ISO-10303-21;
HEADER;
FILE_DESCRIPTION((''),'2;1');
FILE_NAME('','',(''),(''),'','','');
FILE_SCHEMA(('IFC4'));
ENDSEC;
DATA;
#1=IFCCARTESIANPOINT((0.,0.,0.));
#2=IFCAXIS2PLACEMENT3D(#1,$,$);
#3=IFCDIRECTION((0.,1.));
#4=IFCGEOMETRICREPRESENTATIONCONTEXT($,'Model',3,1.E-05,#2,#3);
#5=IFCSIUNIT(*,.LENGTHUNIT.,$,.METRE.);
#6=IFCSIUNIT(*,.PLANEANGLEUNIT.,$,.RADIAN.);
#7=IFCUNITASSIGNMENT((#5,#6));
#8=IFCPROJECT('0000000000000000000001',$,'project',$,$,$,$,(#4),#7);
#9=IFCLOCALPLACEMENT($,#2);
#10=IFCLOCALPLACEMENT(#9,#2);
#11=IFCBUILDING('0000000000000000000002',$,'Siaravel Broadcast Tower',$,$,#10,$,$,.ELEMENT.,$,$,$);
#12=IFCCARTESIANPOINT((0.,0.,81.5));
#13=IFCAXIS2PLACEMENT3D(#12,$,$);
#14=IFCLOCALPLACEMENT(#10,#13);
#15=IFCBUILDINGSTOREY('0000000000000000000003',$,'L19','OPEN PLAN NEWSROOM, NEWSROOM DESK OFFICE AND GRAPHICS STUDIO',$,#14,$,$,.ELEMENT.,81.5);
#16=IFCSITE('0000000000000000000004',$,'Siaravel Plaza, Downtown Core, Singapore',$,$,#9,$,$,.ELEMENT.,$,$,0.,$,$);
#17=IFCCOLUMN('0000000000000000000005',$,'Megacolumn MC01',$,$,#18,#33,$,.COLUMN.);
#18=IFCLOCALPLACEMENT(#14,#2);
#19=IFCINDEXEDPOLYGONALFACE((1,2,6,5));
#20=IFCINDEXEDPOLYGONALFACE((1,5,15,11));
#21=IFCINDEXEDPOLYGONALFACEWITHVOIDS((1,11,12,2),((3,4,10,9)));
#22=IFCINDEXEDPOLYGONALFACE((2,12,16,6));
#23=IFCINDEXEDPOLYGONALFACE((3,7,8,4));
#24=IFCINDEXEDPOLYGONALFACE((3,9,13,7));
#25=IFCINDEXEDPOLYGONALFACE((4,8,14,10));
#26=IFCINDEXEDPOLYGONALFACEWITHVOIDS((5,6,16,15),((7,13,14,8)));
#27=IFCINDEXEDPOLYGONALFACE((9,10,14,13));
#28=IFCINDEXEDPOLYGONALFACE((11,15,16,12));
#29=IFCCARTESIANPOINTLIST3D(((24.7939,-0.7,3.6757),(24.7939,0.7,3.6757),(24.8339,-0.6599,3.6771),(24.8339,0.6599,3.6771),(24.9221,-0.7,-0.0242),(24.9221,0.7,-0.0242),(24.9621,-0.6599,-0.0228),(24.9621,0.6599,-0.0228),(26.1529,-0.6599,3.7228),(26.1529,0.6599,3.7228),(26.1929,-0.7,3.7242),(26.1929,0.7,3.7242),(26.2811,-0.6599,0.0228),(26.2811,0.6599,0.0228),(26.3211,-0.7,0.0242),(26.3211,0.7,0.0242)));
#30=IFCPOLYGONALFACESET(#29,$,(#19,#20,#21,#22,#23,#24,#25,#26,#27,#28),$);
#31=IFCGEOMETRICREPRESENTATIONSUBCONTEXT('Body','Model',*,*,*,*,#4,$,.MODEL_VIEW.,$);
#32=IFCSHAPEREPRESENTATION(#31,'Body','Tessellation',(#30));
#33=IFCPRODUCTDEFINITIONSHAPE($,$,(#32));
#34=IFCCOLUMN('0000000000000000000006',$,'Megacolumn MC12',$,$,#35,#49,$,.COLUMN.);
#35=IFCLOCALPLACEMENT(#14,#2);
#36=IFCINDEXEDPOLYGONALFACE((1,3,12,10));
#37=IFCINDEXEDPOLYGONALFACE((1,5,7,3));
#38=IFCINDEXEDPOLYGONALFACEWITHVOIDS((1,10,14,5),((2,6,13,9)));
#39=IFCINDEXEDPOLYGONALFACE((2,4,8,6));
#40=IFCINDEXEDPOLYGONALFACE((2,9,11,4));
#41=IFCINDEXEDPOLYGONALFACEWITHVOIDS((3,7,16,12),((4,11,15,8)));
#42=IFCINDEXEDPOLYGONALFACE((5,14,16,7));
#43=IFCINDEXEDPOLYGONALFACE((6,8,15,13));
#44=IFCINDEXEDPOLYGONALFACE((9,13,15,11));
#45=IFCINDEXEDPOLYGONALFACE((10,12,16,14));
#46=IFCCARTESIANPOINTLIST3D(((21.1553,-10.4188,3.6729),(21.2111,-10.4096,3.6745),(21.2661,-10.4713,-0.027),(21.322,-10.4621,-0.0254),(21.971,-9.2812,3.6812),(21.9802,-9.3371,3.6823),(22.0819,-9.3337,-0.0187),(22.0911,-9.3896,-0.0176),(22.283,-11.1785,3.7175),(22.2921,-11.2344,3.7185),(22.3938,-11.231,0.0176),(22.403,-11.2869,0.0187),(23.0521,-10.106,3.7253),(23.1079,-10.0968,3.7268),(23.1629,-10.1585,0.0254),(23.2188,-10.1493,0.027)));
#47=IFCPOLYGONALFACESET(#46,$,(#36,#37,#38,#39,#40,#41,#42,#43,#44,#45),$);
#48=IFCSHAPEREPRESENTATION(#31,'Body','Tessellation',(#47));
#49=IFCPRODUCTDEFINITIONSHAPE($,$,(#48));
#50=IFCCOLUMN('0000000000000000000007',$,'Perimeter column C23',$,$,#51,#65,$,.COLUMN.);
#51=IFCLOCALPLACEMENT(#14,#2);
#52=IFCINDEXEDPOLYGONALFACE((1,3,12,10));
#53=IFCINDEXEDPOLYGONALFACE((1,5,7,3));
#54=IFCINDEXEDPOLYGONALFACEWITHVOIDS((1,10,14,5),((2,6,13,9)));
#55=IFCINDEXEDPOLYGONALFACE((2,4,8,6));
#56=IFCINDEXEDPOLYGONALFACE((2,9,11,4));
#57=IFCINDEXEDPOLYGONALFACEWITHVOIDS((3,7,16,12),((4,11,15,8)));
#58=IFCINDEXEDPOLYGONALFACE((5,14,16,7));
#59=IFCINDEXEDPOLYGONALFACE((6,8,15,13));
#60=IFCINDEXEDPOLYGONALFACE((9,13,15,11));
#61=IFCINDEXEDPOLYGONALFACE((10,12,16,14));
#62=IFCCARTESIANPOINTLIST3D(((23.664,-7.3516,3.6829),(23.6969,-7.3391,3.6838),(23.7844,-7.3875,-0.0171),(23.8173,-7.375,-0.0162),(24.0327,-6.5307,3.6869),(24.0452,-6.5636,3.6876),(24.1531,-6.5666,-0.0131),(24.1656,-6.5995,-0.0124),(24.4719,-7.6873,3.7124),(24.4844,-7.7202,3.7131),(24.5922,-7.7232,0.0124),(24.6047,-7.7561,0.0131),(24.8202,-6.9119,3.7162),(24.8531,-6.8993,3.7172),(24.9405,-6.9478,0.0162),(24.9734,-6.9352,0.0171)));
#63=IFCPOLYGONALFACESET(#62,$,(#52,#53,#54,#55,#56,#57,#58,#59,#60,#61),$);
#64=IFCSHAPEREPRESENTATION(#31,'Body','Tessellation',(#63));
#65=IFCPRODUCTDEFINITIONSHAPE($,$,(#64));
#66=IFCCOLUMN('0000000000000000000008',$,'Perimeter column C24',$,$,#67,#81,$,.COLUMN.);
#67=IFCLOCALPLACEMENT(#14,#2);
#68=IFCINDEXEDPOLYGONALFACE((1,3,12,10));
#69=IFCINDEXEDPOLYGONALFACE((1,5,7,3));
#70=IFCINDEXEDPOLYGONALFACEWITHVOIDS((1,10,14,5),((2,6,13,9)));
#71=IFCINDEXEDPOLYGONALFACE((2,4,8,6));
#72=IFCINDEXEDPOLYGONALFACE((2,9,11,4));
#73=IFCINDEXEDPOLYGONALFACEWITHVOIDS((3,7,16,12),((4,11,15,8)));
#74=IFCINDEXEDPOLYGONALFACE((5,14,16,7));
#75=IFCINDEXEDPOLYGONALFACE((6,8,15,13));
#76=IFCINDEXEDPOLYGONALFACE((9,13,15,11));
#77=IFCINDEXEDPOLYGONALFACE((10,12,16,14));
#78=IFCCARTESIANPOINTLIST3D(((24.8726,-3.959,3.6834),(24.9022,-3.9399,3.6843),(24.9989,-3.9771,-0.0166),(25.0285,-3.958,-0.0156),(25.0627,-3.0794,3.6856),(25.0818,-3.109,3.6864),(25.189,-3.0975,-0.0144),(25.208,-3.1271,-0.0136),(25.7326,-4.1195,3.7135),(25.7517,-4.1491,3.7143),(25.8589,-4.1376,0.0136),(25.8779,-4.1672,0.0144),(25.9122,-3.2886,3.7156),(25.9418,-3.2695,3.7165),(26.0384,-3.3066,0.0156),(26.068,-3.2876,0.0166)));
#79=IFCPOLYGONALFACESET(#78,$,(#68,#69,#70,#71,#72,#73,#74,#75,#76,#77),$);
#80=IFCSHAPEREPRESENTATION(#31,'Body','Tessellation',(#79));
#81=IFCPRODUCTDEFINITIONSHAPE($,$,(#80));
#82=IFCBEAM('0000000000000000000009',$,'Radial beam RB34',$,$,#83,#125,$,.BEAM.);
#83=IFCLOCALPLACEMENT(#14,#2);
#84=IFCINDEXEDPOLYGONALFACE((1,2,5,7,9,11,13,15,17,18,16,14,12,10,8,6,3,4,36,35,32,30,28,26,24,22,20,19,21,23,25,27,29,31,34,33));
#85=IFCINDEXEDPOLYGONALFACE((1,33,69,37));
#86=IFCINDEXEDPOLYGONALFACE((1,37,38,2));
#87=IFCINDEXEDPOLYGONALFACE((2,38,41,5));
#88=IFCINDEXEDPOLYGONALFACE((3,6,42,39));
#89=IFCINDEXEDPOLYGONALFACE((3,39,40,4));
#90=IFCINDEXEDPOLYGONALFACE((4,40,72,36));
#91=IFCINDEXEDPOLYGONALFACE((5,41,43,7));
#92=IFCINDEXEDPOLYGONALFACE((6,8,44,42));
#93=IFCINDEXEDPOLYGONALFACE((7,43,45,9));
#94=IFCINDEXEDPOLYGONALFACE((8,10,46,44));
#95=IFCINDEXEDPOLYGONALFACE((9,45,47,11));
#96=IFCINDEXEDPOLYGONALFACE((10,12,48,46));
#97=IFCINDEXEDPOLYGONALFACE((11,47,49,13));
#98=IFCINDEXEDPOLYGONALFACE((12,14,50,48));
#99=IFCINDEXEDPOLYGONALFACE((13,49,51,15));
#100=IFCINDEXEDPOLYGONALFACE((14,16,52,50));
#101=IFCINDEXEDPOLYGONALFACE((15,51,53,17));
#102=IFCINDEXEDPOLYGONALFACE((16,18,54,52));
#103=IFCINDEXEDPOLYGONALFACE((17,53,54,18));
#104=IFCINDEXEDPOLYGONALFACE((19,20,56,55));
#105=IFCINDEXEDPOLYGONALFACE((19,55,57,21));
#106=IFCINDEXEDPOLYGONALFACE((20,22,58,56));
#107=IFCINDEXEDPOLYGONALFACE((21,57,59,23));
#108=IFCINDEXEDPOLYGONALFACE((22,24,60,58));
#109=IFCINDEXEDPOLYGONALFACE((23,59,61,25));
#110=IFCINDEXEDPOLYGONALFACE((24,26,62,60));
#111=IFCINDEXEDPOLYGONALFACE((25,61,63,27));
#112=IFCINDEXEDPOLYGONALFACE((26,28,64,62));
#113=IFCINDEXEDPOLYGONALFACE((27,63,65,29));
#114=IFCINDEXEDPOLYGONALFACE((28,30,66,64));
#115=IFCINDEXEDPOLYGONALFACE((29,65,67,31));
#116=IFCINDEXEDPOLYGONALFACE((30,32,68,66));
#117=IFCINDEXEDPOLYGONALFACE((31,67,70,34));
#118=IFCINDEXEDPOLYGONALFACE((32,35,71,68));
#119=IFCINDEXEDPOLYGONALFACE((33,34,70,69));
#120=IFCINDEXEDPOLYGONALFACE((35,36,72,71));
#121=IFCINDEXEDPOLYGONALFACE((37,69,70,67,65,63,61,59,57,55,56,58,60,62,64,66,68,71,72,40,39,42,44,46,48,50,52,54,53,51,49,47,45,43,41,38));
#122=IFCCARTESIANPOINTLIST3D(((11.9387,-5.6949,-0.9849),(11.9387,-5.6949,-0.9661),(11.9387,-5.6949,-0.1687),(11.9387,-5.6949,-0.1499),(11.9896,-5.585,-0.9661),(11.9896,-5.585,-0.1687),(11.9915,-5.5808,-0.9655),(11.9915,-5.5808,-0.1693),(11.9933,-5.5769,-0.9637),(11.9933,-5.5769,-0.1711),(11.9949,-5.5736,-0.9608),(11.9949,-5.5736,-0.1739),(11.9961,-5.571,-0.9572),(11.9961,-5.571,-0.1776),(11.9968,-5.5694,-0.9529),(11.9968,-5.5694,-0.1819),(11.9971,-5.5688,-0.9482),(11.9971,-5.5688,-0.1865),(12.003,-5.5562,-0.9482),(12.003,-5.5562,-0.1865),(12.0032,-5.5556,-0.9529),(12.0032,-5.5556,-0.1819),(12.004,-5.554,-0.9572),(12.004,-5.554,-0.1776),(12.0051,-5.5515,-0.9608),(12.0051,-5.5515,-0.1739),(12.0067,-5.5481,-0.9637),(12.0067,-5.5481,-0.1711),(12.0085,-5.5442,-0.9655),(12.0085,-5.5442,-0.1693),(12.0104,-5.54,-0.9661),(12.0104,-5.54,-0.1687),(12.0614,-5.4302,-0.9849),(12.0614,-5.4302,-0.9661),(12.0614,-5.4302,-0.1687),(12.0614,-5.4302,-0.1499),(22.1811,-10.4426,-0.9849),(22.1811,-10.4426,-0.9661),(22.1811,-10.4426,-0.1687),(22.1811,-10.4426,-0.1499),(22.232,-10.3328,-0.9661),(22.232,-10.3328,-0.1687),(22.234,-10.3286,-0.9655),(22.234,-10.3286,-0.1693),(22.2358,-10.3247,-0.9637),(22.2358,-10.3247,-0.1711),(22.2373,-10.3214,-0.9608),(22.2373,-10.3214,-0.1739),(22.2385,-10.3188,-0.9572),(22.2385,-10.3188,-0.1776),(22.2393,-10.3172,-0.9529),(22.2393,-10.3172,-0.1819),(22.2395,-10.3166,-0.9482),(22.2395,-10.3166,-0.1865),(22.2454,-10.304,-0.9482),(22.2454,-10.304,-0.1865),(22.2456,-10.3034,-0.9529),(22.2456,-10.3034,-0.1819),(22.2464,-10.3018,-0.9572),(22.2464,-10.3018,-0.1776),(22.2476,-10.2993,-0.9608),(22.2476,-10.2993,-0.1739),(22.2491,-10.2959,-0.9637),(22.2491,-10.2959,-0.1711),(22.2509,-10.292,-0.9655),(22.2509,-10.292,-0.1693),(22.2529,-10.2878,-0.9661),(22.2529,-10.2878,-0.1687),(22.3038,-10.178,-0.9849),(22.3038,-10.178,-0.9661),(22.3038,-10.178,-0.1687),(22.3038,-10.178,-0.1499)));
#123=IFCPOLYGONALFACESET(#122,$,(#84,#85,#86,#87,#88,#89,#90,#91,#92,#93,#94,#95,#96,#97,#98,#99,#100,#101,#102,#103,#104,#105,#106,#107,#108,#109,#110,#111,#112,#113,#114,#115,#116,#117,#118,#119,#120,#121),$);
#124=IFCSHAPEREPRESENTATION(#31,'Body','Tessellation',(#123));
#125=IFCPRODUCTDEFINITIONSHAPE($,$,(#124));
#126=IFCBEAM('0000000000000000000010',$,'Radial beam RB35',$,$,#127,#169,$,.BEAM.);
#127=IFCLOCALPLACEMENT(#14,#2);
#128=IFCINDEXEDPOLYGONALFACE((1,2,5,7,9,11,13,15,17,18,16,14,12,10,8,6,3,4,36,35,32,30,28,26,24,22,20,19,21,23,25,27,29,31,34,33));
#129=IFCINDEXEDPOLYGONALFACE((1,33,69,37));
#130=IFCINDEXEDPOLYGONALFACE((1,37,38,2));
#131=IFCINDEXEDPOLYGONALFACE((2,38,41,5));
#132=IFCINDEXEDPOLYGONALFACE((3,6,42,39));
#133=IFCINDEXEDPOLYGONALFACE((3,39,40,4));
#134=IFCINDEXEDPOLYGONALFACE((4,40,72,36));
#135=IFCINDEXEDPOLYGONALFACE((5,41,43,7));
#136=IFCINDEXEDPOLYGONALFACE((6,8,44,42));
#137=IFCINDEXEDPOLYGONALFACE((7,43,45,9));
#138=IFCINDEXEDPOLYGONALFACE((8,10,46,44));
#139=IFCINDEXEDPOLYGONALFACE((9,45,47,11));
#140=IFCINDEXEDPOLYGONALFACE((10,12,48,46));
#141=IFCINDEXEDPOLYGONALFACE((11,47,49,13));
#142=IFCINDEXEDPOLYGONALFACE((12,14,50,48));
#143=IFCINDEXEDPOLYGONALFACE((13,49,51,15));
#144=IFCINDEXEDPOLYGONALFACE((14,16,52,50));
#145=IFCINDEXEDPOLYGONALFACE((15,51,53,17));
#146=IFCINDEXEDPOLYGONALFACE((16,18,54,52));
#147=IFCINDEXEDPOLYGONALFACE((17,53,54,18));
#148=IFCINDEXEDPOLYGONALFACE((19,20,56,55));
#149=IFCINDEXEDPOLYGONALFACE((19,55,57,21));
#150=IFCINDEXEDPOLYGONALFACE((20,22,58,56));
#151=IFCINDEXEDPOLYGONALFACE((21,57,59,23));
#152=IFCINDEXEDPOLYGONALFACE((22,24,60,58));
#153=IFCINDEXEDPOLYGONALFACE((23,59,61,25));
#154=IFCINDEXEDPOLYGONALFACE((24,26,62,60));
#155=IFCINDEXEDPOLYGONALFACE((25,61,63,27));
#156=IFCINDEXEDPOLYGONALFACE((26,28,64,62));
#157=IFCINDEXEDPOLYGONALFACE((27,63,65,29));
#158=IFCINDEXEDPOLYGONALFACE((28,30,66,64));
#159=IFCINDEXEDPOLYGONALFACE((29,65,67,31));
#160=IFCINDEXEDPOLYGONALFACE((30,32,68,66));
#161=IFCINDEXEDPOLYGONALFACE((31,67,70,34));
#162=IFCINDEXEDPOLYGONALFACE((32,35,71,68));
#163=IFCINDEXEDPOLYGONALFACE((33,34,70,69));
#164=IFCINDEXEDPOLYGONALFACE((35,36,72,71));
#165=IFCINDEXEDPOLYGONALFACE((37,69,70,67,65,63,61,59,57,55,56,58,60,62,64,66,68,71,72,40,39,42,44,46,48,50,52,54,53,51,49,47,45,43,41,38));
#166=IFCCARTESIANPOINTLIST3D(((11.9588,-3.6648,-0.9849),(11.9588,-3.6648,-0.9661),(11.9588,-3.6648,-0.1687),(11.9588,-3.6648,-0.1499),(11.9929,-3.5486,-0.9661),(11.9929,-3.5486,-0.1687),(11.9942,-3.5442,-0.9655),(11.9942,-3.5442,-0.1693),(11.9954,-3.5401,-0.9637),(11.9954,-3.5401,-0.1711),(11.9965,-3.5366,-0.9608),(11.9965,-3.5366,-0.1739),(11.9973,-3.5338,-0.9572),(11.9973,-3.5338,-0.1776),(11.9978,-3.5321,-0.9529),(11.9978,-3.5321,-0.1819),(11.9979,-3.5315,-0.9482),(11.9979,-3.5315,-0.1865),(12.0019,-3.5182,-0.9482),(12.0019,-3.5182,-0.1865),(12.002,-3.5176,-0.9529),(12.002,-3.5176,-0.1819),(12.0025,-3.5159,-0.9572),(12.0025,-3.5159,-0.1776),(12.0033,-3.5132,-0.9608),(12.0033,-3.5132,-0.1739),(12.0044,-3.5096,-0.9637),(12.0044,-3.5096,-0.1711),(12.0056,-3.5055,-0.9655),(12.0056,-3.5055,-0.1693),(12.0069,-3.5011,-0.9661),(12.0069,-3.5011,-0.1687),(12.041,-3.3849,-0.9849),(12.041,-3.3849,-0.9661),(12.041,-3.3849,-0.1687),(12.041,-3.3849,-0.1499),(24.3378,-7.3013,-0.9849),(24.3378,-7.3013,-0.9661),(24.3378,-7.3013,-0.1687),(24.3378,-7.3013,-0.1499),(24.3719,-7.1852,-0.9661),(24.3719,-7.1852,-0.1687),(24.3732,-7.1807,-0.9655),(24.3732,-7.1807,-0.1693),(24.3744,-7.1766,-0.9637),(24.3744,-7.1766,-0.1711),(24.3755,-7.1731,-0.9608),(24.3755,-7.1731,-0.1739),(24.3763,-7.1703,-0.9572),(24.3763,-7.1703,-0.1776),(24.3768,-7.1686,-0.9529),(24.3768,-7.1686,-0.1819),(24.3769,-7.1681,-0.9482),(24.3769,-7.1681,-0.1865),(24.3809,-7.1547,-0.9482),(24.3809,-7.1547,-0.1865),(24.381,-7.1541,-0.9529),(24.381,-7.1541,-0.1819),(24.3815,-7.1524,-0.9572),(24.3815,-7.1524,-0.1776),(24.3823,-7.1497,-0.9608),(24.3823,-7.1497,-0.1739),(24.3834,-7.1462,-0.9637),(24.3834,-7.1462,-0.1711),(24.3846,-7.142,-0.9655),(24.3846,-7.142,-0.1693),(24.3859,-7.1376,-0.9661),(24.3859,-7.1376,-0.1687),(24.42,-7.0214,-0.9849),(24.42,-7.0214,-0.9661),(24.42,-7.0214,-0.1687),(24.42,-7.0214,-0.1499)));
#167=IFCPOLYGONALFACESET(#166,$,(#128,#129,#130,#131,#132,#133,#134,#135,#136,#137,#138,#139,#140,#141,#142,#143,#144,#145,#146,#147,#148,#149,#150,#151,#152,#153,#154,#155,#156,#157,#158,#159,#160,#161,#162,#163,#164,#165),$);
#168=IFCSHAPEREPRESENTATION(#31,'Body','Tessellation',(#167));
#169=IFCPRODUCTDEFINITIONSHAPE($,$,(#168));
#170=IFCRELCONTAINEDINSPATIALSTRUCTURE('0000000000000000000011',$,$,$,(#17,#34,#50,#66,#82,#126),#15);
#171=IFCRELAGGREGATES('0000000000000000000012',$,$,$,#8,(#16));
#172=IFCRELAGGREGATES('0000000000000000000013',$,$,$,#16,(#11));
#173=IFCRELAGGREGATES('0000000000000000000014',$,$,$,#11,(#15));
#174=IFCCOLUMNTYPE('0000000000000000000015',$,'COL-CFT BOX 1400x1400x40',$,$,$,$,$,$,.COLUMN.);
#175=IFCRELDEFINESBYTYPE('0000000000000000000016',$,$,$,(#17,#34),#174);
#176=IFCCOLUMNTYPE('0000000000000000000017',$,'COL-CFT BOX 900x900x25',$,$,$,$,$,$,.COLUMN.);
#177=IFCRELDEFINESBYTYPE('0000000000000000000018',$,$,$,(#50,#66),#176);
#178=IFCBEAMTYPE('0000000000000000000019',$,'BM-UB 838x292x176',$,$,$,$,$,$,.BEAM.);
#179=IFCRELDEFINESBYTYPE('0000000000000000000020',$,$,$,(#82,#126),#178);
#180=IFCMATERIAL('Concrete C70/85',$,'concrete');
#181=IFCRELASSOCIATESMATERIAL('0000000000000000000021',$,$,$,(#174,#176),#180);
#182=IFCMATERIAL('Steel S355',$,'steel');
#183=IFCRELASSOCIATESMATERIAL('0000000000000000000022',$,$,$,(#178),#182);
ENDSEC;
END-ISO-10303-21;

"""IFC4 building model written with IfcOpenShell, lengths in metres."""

from ifc_helpers import new_model, si_unit, direction, frame, origin, origin_2d, place, context, subcontext, project, spatial, hollow_rectangle, i_section, extrude, material, material_profile, profile_set, type_object, element, save


model = new_model("IFC4")

# Units and contexts
model_context = context("Model", 3, precision=1e-05, world=origin(), true_north=direction((0.0, 1.0)))
body_context = subcontext(model_context, "Body", "Model", "MODEL_VIEW")
ifc_project = project(units=[si_unit("LENGTHUNIT", "METRE"), si_unit("PLANEANGLEUNIT", "RADIAN")], contexts=[model_context])

# Site, building, storey
site_placement = place(None, origin())
site = spatial("IfcSite", under=ifc_project, at=site_placement, Name="Siaravel Plaza, Downtown Core, Singapore", CompositionType="ELEMENT", RefElevation=0.0)
building_placement = place(site_placement, origin())
building = spatial("IfcBuilding", under=site, at=building_placement, Name="Siaravel Broadcast Tower", CompositionType="ELEMENT")
storey_placement = place(building_placement, frame((0.0, 0.0, 81.5)))
storey = spatial("IfcBuildingStorey", under=building, at=storey_placement, Name="L19", Description="OPEN PLAN NEWSROOM, NEWSROOM DESK OFFICE AND GRAPHICS STUDIO", CompositionType="ELEMENT", Elevation=81.5)

# Columns
ifc_material_1 = material(Name="Concrete C70/85", Category="concrete")
ifc_material_profile_1 = material_profile(ifc_material_1, hollow_rectangle(XDim=1.3999, YDim=1.3999, WallThickness=0.04, at=origin_2d()))
ifc_profile_set_1 = profile_set([ifc_material_profile_1], Name="Concrete C70/85")
column_type_1 = type_object("IfcColumnType", Name="COL-CFT BOX 1400x1400x40", PredefinedType="COLUMN", material=ifc_profile_set_1)
column_1_placement = place(storey_placement, frame((25.6216, 0.0, 0.0), z_axis=(-0.034621, 0.0, 0.999401), x_axis=(0.0, -1.0, 0.0)))
element("IfcColumn", 1, at=column_1_placement, inside=storey, type_object=column_type_1, Name="Megacolumn MC01", PredefinedType="COLUMN", context=body_context, shape_type="SweptSolid", body=[
    extrude(hollow_rectangle(XDim=1.3999, YDim=1.3999, WallThickness=0.04, at=origin_2d()), origin(), (0.0, 0.0, 1.0), 3.7021),
])
column_2_placement = place(storey_placement, frame((22.2424, -10.3103, 0.0), z_axis=(-0.029941, 0.014179, 0.999451), x_axis=(-0.58274, -0.812637, -0.005929)))
element("IfcColumn", 2, at=column_2_placement, inside=storey, type_object=column_type_1, Name="Megacolumn MC12", PredefinedType="COLUMN", context=body_context, shape_type="SweptSolid", body=[
    extrude(hollow_rectangle(XDim=1.3999, YDim=1.3999, WallThickness=0.04, at=origin_2d()), origin(), (0.0, 0.0, 1.0), 3.7019),
])
ifc_material_profile_2 = material_profile(ifc_material_1, hollow_rectangle(XDim=0.8999, YDim=0.8999, WallThickness=0.0249, at=origin_2d()))
ifc_profile_set_2 = profile_set([ifc_material_profile_2], Name="Concrete C70/85")
column_type_2 = type_object("IfcColumnType", Name="COL-CFT BOX 900x900x25", PredefinedType="COLUMN", material=ifc_profile_set_2)
for number, where, z_axis, x_axis, name in (
    (3, (24.3789, -7.1614, 0.0), (-0.032512, 0.009694, 0.999424), (-0.409711, -0.912205, -0.00448), "Perimeter column C23"),
    (4, (25.5334, -3.6323, 0.0), (-0.034094, 0.00488, 0.999407), (-0.211243, -0.977431, -0.002434), "Perimeter column C24"),
):
    element("IfcColumn", number, at=place(storey_placement, frame(where, z_axis=z_axis, x_axis=x_axis)), inside=storey, type_object=column_type_2, Name=name, PredefinedType="COLUMN", context=body_context, shape_type="SweptSolid", body=[
        extrude(hollow_rectangle(XDim=0.8999, YDim=0.8999, WallThickness=0.0249, at=origin_2d()), origin(), (0.0, 0.0, 1.0), 3.7021),
    ])

# Beams
ifc_material_2 = material(Name="Steel S355", Category="steel")
ifc_material_profile_3 = material_profile(ifc_material_2, i_section(OverallWidth=0.2917, OverallDepth=0.835, WebThickness=0.0139, FlangeThickness=0.0188, FilletRadius=0.0178, at=origin_2d()))
ifc_profile_set_3 = profile_set([ifc_material_profile_3], Name="Steel S355")
beam_type = type_object("IfcBeamType", Name="BM-UB 838x292x176", PredefinedType="BEAM", material=ifc_profile_set_3)
beam_1_placement = place(storey_placement, frame((22.2424, -10.3103, -0.5674), z_axis=(-0.907266, 0.420557, 0.0), x_axis=(-0.420557, -0.907266, 0.0)))
element("IfcBeam", 5, at=beam_1_placement, inside=storey, type_object=beam_type, Name="Radial beam RB34", PredefinedType="BEAM", context=body_context, shape_type="SweptSolid", body=[
    extrude(i_section(OverallWidth=0.2917, OverallDepth=0.835, WebThickness=0.0139, FlangeThickness=0.0188, FilletRadius=0.0178, at=origin_2d()), origin(), (0.0, 0.0, 1.0), 11.2893),
])
beam_2_placement = place(storey_placement, frame((24.3789, -7.1614, -0.5674), z_axis=(-0.959457, 0.281854, 0.0), x_axis=(-0.281854, -0.959457, 0.0)))
element("IfcBeam", 6, at=beam_2_placement, inside=storey, type_object=beam_type, Name="Radial beam RB35", PredefinedType="BEAM", context=body_context, shape_type="SweptSolid", body=[
    extrude(i_section(OverallWidth=0.2917, OverallDepth=0.835, WebThickness=0.0139, FlangeThickness=0.0188, FilletRadius=0.0178, at=origin_2d()), origin(), (0.0, 0.0, 1.0), 12.9021),
])

save(model, "model.ifc")
